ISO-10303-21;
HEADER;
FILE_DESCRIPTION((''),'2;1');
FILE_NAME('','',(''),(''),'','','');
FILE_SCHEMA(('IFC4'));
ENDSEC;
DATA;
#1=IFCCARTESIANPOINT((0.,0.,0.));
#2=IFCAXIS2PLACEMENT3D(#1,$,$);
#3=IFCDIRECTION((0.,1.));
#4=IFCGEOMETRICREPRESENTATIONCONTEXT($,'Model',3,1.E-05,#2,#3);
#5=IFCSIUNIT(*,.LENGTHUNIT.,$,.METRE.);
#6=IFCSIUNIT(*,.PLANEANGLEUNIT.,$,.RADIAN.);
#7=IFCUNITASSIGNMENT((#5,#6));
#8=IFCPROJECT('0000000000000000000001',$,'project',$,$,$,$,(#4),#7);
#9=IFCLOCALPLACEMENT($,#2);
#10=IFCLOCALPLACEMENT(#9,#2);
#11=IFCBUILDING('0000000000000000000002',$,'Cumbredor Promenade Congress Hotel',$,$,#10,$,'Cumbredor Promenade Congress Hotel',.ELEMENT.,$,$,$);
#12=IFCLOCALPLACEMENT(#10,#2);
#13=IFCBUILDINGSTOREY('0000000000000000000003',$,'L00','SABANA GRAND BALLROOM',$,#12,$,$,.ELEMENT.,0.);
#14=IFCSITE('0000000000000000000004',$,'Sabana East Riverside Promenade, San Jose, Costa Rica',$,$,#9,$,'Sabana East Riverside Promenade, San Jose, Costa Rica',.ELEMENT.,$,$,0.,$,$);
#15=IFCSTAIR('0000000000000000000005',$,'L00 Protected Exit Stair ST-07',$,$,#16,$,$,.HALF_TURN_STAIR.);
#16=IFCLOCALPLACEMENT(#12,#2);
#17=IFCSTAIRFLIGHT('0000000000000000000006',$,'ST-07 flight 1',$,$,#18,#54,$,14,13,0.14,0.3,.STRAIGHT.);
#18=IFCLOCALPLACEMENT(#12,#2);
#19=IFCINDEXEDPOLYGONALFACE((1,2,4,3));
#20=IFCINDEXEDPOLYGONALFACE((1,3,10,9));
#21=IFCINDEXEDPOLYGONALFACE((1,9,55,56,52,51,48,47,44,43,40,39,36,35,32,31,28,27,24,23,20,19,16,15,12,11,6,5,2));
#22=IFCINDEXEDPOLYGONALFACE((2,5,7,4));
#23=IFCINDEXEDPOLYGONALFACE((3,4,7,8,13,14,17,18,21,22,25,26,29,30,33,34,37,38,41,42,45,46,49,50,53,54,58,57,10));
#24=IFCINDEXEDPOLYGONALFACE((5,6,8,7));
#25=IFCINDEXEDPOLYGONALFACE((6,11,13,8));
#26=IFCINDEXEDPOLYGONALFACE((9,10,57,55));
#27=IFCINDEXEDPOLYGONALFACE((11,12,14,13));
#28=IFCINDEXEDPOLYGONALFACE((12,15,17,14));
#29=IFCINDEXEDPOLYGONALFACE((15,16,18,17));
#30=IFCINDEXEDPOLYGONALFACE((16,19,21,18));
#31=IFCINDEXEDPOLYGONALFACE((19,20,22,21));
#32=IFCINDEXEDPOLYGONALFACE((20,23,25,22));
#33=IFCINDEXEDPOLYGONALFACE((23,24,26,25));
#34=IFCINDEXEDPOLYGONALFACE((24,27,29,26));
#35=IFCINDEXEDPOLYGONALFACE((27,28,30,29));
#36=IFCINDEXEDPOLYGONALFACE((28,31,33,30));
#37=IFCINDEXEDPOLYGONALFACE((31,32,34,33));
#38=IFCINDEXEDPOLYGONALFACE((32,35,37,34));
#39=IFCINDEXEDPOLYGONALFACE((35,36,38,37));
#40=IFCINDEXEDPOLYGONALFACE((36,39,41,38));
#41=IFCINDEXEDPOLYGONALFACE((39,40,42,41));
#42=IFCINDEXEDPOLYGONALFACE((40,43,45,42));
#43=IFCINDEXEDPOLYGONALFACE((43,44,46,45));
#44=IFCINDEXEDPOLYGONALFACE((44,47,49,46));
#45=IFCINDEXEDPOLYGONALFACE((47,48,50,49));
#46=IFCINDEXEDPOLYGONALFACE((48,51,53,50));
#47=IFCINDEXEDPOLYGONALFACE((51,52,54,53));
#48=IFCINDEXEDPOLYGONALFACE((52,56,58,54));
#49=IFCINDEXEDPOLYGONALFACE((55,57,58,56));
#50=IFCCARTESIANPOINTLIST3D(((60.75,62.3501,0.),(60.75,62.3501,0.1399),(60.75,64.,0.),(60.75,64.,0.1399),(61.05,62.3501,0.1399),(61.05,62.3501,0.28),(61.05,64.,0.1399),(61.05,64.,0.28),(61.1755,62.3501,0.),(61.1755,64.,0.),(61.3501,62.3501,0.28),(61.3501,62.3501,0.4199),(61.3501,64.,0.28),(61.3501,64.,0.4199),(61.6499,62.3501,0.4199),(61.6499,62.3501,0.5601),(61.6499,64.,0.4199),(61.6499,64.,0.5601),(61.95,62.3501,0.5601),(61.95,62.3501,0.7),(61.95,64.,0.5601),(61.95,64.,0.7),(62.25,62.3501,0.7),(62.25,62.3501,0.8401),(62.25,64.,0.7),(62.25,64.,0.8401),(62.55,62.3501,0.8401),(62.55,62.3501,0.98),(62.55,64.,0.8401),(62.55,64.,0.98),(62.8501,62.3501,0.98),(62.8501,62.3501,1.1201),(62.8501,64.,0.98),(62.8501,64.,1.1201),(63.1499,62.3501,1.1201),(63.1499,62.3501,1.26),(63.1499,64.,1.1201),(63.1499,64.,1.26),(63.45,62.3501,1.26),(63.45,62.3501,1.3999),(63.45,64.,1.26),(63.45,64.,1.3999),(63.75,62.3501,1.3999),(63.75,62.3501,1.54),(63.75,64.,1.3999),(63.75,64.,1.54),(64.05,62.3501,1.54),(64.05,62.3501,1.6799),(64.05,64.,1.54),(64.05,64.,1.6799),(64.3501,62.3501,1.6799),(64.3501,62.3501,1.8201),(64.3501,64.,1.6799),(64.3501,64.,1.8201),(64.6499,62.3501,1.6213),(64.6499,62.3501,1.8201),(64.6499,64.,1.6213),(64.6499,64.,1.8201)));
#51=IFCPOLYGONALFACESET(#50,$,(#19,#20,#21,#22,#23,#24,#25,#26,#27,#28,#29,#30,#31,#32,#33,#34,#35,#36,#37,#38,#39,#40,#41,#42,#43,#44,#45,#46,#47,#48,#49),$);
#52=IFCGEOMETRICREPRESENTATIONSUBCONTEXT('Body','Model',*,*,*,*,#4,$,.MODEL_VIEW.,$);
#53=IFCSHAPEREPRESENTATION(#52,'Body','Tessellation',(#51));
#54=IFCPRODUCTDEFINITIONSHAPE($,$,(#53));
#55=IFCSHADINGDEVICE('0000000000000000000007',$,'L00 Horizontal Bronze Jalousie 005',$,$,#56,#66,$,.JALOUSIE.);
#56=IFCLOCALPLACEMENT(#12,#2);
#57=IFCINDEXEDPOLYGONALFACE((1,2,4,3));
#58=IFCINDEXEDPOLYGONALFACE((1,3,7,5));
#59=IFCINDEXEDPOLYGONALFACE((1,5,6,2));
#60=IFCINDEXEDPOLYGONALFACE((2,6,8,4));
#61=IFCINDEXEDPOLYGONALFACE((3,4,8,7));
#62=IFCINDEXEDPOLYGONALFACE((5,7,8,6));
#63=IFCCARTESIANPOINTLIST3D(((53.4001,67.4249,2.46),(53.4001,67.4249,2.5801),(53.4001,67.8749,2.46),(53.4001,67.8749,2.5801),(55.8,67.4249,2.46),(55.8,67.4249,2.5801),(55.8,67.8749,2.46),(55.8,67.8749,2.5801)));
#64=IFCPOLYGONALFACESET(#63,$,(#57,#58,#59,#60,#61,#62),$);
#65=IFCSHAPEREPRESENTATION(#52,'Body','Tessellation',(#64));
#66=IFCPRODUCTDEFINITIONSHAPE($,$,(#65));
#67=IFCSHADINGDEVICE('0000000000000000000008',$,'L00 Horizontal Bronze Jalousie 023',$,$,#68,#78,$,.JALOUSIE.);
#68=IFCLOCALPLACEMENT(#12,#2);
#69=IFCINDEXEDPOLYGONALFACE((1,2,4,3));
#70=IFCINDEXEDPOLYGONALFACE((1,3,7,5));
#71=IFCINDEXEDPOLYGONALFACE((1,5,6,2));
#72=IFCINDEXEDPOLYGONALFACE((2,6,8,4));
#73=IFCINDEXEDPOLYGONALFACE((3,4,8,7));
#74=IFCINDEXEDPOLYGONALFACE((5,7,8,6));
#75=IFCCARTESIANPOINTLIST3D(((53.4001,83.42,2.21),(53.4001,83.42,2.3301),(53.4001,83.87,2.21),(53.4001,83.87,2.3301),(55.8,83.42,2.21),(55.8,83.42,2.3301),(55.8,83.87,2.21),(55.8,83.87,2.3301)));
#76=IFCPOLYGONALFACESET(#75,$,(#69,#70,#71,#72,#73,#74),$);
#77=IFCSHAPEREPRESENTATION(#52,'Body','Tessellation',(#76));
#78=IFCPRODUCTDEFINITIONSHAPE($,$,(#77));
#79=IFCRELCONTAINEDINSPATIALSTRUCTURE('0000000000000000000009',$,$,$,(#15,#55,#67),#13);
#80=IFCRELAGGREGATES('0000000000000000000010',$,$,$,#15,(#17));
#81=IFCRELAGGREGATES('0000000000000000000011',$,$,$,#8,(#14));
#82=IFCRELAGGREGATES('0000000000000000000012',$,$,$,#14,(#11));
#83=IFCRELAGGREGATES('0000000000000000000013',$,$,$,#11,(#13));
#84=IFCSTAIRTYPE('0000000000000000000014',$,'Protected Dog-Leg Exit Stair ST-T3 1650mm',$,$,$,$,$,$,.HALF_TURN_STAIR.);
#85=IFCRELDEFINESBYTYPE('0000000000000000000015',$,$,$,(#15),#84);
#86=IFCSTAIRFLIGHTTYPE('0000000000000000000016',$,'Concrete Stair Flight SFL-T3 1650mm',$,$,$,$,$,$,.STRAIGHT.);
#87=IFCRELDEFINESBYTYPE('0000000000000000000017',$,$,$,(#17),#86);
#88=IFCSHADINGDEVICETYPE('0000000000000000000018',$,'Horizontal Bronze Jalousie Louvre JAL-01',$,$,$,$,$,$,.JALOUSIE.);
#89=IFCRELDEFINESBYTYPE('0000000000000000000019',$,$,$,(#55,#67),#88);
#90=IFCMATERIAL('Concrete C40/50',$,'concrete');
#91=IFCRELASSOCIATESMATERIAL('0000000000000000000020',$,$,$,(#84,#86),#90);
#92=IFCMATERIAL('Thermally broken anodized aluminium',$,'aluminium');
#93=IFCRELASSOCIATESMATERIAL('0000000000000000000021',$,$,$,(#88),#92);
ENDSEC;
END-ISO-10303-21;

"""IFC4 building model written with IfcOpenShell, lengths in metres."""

from ifc_helpers import new_model, si_unit, direction, frame, origin, origin_2d, place, context, subcontext, project, spatial, polyline, rectangle, outline, extrude, material, type_object, element, aggregate, save


model = new_model("IFC4")

# Units and contexts
model_context = context("Model", 3, precision=1e-05, world=origin(), true_north=direction((0.0, 1.0)))
body_context = subcontext(model_context, "Body", "Model", "MODEL_VIEW")
ifc_project = project(units=[si_unit("LENGTHUNIT", "METRE"), si_unit("PLANEANGLEUNIT", "RADIAN")], contexts=[model_context])

# Site, building, storey
site_placement = place(None, origin())
site = spatial("IfcSite", under=ifc_project, at=site_placement, Name="Sabana East Riverside Promenade, San Jose, Costa Rica", LongName="Sabana East Riverside Promenade, San Jose, Costa Rica", CompositionType="ELEMENT", RefElevation=0.0)
building_placement = place(site_placement, origin())
building = spatial("IfcBuilding", under=site, at=building_placement, Name="Cumbredor Promenade Congress Hotel", LongName="Cumbredor Promenade Congress Hotel", CompositionType="ELEMENT")
storey_placement = place(building_placement, origin())
storey = spatial("IfcBuildingStorey", under=building, at=storey_placement, Name="L00", Description="SABANA GRAND BALLROOM", CompositionType="ELEMENT", Elevation=0.0)

# Shared definitions
ifc_material_1 = material(Name="Thermally broken anodized aluminium", Category="aluminium")

# Shared definitions
ifc_material_2 = material(Name="Concrete C40/50", Category="concrete")

# Stair, stair flight
stair_type = type_object("IfcStairType", Name="Protected Dog-Leg Exit Stair ST-T3 1650mm", PredefinedType="HALF_TURN_STAIR", material=ifc_material_2)
stair_placement = place(storey_placement, origin())
stair = element("IfcStair", 1, at=stair_placement, inside=storey, type_object=stair_type, Name="L00 Protected Exit Stair ST-07", PredefinedType="HALF_TURN_STAIR")
stair_flight_type = type_object("IfcStairFlightType", Name="Concrete Stair Flight SFL-T3 1650mm", PredefinedType="STRAIGHT", material=ifc_material_2)
stair_flight_placement = place(storey_placement, frame((60.75, 63.175, 0.0), z_axis=(0.0, 0.0, 1.0), x_axis=(1.0, 0.0, 0.0)))
stair_flight = element("IfcStairFlight", 2, at=stair_flight_placement, type_object=stair_flight_type, Name="ST-07 flight 1", NumberOfRisers=14, NumberOfTreads=13, PredefinedType="STRAIGHT", RiserHeight=0.14, TreadLength=0.3, context=body_context, shape_type="SweptSolid", body=[
    extrude(outline(polyline([(0.0, 0.0), (0.0, 0.1399), (0.3, 0.1399), (0.3, 0.28), (0.6001, 0.28), (0.6001, 0.4199), (0.8999, 0.4199), (0.8999, 0.5601), (1.2, 0.5601), (1.2, 0.7), (1.5, 0.7), (1.5, 0.8401), (1.8, 0.8401), (1.8, 0.98), (2.1001, 0.98), (2.1001, 1.1201), (2.3999, 1.1201), (2.3999, 1.26), (2.7, 1.26), (2.7, 1.3999), (3.0, 1.3999), (3.0, 1.54), (3.3, 1.54), (3.3, 1.6799), (3.6001, 1.6799), (3.6001, 1.8201), (3.8999, 1.8201), (3.8999, 1.96), (3.8999, 1.6213), (0.4255, 0.0), (0.0, 0.0)])), frame((0.0, 0.825, 0.0), z_axis=(0.0, -1.0, 0.0), x_axis=(1.0, 0.0, 0.0)), (0.0, 0.0, 1.0), 1.6499),
])
aggregate(stair, [stair_flight])

# Shading devices
shading_device_type = type_object("IfcShadingDeviceType", Name="Horizontal Bronze Jalousie Louvre JAL-01", PredefinedType="JALOUSIE", material=ifc_material_1)
for number, where, z_axis, x_axis, name in (
    (3, (54.6001, 67.6499, 2.46), (0.0, 0.0, 1.0), (1.0, 0.0, 0.0), "L00 Horizontal Bronze Jalousie 005"),
    (4, (54.6001, 83.645, 2.21), (0.0, 0.0, 1.0), (1.0, 0.0, 0.0), "L00 Horizontal Bronze Jalousie 023"),
):
    element("IfcShadingDevice", number, at=place(storey_placement, frame(where, z_axis=z_axis, x_axis=x_axis)), inside=storey, type_object=shading_device_type, Name=name, PredefinedType="JALOUSIE", context=body_context, shape_type="SweptSolid", body=[
        extrude(rectangle(XDim=2.3999, YDim=0.45, at=origin_2d()), origin(), (0.0, 0.0, 1.0), 0.1201),
    ])

save(model, "model.ifc")
